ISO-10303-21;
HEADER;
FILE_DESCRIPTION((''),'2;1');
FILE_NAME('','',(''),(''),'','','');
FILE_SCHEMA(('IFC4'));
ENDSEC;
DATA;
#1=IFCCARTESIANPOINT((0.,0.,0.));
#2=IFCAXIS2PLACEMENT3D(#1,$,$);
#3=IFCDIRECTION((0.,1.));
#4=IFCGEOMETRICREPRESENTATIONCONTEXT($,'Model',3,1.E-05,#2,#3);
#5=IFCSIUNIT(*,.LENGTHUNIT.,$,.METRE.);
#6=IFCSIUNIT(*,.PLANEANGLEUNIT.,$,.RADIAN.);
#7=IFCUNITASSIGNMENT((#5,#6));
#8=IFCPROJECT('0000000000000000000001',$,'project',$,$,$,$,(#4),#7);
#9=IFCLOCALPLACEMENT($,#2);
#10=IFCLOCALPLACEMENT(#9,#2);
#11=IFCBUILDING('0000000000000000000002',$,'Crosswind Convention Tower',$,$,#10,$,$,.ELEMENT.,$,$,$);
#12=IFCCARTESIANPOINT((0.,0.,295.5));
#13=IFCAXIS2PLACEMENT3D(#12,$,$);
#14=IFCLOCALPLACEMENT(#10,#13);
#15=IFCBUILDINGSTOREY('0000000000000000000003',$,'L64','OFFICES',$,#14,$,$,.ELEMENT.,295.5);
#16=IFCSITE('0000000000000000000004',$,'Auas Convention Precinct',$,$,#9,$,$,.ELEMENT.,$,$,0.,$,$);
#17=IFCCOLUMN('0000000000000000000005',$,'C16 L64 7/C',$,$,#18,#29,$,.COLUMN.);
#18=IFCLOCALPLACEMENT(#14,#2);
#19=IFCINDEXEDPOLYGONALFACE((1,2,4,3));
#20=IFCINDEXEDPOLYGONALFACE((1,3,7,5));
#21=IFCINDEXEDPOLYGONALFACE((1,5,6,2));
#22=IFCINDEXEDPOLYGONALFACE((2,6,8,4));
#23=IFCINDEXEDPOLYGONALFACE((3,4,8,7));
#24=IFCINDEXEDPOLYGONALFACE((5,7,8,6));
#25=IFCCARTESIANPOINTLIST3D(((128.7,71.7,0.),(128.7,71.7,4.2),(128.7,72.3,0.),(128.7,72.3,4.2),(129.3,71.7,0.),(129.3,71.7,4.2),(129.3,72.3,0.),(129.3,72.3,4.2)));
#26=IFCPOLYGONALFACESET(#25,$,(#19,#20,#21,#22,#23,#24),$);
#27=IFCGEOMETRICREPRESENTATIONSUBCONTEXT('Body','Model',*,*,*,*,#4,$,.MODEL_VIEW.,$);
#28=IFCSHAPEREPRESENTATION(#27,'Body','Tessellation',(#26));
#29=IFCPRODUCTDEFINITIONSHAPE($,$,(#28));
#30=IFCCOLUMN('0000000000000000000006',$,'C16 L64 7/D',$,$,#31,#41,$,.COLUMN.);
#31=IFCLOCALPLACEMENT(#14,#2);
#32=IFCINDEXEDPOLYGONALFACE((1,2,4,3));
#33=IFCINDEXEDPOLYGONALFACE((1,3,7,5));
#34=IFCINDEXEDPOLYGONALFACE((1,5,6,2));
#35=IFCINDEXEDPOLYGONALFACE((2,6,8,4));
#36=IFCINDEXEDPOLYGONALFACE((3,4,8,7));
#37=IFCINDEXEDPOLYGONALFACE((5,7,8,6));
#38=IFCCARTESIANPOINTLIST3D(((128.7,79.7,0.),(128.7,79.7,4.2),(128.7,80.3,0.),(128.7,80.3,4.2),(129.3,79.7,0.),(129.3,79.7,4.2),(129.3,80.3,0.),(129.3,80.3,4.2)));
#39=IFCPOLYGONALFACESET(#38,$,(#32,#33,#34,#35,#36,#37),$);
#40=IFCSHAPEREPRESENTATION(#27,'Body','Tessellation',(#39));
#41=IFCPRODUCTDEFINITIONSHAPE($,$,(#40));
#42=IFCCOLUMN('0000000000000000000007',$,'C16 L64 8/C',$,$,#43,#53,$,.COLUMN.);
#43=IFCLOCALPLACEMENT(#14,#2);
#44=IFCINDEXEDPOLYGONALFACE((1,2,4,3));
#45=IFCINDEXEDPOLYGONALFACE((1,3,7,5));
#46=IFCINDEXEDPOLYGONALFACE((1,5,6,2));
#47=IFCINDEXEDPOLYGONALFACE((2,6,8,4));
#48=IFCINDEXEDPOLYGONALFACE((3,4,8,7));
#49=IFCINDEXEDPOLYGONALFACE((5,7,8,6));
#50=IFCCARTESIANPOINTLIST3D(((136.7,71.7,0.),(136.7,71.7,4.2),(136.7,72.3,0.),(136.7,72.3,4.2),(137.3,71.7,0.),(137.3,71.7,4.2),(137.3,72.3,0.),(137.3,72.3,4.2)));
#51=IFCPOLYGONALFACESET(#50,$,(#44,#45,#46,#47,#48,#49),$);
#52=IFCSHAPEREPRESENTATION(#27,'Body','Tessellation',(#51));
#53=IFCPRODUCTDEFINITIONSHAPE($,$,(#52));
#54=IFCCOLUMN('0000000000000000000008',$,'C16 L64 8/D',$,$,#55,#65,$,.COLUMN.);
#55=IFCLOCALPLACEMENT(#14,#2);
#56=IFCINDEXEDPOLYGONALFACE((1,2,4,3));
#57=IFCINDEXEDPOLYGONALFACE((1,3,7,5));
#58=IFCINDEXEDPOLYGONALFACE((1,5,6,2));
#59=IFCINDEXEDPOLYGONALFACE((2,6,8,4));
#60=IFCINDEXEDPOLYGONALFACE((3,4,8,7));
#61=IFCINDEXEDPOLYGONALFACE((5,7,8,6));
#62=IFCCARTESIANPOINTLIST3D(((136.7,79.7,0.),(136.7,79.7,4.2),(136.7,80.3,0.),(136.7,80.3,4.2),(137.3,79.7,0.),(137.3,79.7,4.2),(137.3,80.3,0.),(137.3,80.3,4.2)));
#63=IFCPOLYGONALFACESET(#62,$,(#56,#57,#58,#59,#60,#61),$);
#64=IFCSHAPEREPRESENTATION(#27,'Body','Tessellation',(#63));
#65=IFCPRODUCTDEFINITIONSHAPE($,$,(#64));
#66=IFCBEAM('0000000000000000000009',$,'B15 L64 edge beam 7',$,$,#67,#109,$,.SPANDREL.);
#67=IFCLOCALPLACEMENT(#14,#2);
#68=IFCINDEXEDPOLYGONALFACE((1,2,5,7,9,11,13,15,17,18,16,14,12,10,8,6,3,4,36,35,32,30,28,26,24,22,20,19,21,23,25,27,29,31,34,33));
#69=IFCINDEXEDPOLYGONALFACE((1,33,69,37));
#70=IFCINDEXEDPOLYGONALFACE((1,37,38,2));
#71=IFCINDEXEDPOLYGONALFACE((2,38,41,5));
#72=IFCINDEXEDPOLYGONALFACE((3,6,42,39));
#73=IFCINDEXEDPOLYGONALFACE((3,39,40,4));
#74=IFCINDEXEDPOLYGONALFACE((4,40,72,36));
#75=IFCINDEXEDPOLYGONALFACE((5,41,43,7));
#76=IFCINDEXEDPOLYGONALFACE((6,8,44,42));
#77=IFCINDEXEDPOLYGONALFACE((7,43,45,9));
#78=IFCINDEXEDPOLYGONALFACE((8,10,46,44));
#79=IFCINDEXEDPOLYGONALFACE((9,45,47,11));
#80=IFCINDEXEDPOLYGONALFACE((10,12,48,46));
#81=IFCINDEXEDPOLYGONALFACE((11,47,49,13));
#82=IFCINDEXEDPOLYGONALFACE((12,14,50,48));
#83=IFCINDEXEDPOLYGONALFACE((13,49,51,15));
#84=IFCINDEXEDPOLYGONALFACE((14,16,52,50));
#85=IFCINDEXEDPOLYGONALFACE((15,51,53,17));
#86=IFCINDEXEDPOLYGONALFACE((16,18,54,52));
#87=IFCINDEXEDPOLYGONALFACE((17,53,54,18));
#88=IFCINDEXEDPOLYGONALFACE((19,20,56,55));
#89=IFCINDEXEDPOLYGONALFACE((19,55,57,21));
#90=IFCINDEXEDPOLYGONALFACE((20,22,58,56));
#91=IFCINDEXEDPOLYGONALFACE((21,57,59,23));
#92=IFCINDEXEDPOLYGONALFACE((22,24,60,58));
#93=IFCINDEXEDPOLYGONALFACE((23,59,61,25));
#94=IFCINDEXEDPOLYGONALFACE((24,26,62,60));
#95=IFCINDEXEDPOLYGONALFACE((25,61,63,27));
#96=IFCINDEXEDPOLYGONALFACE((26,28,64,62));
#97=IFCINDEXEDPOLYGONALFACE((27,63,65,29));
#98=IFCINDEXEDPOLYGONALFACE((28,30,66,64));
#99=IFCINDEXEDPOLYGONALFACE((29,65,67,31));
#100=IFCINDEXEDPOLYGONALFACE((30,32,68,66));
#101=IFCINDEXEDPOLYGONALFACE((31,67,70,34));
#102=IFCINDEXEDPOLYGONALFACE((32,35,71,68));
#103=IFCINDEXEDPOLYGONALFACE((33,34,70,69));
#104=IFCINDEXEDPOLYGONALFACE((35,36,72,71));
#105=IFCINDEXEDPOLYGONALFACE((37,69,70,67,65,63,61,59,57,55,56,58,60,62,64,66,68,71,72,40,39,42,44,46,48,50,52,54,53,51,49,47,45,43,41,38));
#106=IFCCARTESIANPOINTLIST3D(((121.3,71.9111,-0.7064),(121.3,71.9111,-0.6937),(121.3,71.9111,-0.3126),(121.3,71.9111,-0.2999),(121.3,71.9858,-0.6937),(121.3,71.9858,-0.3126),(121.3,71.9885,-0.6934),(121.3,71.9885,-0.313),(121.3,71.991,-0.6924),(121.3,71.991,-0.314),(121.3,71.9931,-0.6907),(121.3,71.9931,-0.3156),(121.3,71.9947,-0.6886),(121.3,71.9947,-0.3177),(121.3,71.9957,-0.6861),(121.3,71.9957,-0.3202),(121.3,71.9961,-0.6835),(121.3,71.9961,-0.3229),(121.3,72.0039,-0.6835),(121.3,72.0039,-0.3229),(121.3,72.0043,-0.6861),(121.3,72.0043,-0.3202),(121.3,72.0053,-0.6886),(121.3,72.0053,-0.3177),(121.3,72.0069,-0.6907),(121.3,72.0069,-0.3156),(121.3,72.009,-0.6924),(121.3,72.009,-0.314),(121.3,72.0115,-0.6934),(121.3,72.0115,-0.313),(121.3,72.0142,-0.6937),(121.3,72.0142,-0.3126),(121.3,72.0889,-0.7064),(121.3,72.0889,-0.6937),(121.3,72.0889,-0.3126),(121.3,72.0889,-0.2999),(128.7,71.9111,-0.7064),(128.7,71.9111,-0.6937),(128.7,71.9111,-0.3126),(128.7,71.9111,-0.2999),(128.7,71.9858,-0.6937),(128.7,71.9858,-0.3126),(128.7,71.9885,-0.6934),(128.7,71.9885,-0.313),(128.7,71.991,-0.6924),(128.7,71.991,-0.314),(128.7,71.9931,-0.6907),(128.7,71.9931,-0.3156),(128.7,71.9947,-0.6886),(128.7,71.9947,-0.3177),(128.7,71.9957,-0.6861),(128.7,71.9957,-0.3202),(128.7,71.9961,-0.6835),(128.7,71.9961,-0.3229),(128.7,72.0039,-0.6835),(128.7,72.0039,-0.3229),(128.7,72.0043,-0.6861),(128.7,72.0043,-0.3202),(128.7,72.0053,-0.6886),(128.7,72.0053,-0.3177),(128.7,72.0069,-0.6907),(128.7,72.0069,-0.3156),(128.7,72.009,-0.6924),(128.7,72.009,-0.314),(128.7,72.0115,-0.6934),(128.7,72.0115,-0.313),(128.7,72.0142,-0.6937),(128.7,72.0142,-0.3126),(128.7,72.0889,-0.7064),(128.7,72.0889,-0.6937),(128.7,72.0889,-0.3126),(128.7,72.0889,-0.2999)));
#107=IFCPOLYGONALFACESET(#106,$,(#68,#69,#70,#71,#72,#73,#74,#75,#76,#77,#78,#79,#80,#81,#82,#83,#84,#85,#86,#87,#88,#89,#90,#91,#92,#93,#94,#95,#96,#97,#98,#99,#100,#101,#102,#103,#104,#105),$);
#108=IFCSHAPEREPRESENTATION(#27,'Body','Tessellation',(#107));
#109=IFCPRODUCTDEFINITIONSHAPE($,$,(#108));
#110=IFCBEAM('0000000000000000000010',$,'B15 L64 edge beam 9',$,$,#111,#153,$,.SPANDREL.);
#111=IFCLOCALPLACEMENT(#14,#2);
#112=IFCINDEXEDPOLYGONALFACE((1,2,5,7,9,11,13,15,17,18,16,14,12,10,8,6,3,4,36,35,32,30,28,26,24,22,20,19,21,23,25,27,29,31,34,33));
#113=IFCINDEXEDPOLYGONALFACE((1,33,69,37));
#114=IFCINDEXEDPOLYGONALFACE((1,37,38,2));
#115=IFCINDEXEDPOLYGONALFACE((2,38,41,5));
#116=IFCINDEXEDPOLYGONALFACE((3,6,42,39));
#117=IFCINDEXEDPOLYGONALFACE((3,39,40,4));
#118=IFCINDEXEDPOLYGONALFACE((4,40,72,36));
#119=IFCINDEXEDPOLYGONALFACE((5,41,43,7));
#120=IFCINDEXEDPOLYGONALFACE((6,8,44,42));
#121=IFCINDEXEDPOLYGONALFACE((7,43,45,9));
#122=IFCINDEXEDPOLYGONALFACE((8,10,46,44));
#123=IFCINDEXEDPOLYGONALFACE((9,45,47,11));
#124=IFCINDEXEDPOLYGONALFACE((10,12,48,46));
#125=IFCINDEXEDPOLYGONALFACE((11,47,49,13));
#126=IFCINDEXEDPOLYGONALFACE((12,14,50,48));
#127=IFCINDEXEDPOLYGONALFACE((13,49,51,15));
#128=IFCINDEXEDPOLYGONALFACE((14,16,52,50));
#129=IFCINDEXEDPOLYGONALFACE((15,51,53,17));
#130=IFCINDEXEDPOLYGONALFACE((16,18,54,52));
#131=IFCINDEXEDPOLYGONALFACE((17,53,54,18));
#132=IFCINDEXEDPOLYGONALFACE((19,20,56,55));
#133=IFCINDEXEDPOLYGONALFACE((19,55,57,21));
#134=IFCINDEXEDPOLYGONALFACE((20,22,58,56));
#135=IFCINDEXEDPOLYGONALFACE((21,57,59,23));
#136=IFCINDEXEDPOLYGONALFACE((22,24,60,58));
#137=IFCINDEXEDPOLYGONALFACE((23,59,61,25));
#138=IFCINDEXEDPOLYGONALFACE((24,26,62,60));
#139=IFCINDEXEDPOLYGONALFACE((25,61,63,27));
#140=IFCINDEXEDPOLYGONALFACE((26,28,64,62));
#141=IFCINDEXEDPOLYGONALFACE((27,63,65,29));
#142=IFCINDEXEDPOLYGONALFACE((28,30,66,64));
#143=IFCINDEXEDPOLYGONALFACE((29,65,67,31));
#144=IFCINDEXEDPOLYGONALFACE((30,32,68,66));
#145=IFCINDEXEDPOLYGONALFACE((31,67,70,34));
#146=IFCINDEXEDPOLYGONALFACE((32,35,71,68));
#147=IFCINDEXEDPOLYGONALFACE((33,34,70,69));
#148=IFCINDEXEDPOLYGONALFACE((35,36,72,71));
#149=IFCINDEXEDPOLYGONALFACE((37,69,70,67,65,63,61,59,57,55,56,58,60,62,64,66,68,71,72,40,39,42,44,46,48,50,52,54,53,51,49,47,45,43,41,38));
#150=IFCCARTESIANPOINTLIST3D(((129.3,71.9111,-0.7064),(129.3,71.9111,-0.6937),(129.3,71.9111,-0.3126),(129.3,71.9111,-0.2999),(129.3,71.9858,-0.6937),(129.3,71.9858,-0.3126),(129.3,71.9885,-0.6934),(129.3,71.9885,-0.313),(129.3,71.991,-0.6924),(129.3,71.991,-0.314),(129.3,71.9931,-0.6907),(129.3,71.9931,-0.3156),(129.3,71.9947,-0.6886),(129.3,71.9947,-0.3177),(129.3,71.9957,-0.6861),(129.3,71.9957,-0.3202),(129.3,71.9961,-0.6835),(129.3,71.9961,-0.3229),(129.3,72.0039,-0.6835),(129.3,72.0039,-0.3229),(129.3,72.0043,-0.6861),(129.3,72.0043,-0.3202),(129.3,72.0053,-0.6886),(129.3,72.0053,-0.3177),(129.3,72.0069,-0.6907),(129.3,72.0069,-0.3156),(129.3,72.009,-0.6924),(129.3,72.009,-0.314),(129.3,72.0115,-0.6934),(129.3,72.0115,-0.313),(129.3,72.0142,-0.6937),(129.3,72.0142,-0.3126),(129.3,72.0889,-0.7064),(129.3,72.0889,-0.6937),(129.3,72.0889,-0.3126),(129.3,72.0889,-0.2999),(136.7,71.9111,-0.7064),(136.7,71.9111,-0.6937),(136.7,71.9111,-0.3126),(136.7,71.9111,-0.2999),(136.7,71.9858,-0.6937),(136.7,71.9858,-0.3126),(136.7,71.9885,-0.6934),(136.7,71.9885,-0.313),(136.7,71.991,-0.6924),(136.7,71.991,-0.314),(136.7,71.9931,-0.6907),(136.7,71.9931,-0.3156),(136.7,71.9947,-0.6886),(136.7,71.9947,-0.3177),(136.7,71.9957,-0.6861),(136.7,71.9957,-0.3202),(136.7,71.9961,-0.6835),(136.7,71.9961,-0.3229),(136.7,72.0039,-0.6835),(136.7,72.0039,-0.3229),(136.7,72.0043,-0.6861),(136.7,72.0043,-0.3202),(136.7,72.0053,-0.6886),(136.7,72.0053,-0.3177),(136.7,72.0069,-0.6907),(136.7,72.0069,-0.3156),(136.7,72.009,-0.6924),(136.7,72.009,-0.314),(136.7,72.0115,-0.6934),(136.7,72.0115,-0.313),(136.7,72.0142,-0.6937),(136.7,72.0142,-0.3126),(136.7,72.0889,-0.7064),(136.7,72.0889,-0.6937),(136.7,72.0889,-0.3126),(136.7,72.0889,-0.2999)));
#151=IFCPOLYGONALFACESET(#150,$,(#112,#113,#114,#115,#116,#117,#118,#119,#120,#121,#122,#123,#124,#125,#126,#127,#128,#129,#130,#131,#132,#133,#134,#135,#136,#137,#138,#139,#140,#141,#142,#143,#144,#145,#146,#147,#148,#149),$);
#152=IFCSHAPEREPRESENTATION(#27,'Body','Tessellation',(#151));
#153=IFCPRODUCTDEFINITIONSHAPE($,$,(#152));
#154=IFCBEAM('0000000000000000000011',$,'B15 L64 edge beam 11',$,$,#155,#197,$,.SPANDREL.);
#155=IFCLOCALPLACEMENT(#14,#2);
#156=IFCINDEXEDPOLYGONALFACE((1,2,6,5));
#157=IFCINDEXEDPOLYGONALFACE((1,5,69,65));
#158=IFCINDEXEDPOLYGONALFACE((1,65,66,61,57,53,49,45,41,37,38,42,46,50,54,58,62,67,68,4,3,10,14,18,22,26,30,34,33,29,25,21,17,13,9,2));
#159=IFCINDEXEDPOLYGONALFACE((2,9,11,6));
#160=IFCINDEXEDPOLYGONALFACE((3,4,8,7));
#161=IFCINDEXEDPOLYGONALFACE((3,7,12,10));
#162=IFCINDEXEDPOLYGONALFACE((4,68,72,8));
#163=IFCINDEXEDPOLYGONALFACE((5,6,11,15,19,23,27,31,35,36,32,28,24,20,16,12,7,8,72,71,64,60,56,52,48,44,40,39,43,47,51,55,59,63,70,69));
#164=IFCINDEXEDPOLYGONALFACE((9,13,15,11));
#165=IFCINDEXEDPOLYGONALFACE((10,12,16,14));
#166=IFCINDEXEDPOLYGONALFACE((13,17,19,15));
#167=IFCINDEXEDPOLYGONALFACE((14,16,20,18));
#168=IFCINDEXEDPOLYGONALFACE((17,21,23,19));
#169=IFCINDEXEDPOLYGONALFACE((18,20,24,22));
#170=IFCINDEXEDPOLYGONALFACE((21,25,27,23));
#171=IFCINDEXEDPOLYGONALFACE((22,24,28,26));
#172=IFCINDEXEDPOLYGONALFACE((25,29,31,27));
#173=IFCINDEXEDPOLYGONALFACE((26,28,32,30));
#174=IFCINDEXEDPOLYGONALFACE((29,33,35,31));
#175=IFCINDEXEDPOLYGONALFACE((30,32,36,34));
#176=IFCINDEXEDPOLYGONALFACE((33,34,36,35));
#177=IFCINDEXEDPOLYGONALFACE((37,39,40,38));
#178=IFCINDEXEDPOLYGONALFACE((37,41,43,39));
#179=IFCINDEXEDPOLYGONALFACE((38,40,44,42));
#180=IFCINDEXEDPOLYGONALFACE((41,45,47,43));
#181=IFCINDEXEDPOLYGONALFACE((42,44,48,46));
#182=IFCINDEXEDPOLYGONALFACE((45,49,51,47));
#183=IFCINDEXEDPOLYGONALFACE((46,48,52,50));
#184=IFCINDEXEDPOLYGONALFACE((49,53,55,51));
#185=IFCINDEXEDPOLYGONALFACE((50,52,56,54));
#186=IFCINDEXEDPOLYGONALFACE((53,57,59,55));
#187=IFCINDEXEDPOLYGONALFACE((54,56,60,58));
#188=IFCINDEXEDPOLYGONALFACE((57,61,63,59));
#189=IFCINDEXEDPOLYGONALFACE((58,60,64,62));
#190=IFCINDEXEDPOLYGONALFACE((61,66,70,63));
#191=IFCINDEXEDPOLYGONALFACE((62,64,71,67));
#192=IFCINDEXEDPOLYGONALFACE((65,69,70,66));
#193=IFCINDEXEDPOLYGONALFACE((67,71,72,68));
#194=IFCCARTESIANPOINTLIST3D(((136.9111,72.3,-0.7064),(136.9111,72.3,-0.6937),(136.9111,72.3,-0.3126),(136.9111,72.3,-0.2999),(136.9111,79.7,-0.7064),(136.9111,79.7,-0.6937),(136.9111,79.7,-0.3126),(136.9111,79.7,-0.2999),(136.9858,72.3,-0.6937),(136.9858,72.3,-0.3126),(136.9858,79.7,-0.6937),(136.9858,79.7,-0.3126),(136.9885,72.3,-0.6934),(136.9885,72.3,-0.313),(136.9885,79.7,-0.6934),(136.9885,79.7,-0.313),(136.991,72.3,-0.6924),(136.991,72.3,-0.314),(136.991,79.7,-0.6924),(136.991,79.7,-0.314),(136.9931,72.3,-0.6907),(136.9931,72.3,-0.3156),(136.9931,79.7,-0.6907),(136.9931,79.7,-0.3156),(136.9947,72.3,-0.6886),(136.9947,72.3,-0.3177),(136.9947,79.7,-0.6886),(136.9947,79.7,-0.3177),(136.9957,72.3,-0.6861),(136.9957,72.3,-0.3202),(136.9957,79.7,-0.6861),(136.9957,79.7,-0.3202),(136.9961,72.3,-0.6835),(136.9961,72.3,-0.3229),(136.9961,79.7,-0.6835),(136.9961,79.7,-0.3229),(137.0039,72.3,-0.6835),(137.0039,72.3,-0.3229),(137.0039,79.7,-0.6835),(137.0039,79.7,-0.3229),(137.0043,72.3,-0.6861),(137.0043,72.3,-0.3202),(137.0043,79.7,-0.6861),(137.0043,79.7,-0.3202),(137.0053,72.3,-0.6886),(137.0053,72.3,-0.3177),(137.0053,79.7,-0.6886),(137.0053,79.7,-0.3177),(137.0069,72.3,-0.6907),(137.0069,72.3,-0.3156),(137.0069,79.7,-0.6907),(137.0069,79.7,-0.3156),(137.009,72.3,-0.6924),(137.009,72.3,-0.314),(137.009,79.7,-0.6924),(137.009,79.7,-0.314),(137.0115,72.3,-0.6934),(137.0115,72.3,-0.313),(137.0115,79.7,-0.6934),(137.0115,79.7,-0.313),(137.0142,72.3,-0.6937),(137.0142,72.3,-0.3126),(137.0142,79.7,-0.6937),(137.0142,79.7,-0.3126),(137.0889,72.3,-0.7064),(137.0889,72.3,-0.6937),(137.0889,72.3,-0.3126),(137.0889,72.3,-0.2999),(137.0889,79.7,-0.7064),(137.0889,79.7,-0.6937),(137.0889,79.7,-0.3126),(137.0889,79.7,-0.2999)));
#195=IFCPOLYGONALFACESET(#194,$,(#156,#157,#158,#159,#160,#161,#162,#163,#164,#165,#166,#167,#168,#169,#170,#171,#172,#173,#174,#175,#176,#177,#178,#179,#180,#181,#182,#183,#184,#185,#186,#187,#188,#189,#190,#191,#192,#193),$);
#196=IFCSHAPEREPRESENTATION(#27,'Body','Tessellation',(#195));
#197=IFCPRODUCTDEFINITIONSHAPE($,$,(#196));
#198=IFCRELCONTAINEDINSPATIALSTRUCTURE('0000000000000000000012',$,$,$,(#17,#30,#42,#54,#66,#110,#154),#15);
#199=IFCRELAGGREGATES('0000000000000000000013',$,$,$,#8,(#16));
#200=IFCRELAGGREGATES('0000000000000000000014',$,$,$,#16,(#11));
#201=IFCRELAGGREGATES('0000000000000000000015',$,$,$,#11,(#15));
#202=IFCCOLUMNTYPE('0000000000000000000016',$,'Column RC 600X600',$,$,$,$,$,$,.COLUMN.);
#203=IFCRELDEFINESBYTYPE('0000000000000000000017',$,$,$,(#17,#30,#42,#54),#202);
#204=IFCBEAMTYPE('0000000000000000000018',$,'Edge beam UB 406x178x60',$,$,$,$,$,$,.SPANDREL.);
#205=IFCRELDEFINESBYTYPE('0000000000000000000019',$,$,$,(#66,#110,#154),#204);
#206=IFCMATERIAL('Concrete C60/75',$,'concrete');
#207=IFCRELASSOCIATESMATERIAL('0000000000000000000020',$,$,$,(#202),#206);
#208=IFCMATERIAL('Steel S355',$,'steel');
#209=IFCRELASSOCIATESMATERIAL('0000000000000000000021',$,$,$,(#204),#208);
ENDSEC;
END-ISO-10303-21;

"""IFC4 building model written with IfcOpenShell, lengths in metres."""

from ifc_helpers import new_model, si_unit, direction, frame, origin, origin_2d, place, context, subcontext, project, spatial, rectangle, i_section, extrude, material, material_profile, profile_set, type_object, element, save


model = new_model("IFC4")

# Units and contexts
model_context = context("Model", 3, precision=1e-05, world=origin(), true_north=direction((0.0, 1.0)))
body_context = subcontext(model_context, "Body", "Model", "MODEL_VIEW")
ifc_project = project(units=[si_unit("LENGTHUNIT", "METRE"), si_unit("PLANEANGLEUNIT", "RADIAN")], contexts=[model_context])

# Site, building, storey
site_placement = place(None, origin())
site = spatial("IfcSite", under=ifc_project, at=site_placement, Name="Auas Convention Precinct", CompositionType="ELEMENT", RefElevation=0.0)
building_placement = place(site_placement, origin())
building = spatial("IfcBuilding", under=site, at=building_placement, Name="Crosswind Convention Tower", CompositionType="ELEMENT")
storey_placement = place(building_placement, frame((0.0, 0.0, 295.5)))
storey = spatial("IfcBuildingStorey", under=building, at=storey_placement, Name="L64", Description="OFFICES", CompositionType="ELEMENT", Elevation=295.5)

# Columns
ifc_material_1 = material(Name="Concrete C60/75", Category="concrete")
ifc_material_profile_1 = material_profile(ifc_material_1, rectangle(XDim=0.6001, YDim=0.6001, at=origin_2d()), Name="RC 600X600")
ifc_profile_set_1 = profile_set([ifc_material_profile_1], Name="Concrete C60/75")
column_type = type_object("IfcColumnType", Name="Column RC 600X600", PredefinedType="COLUMN", material=ifc_profile_set_1)
for number, where, z_axis, x_axis, name in (
    (1, (129.0, 72.0, 0.0), (0.0, 0.0, 1.0), (1.0, 0.0, 0.0), "C16 L64 7/C"),
    (2, (129.0, 80.0, 0.0), (0.0, 0.0, 1.0), (1.0, 0.0, 0.0), "C16 L64 7/D"),
    (3, (137.0, 72.0, 0.0), (0.0, 0.0, 1.0), (1.0, 0.0, 0.0), "C16 L64 8/C"),
    (4, (137.0, 80.0, 0.0), (0.0, 0.0, 1.0), (1.0, 0.0, 0.0), "C16 L64 8/D"),
):
    element("IfcColumn", number, at=place(storey_placement, frame(where, z_axis=z_axis, x_axis=x_axis)), inside=storey, type_object=column_type, Name=name, PredefinedType="COLUMN", context=body_context, shape_type="SweptSolid", body=[
        extrude(rectangle(XDim=0.6001, YDim=0.6001, at=origin_2d()), origin(), (0.0, 0.0, 1.0), 4.2),
    ])

# Beams
ifc_material_2 = material(Name="Steel S355", Category="steel")
ifc_material_profile_2 = material_profile(ifc_material_2, i_section(OverallWidth=0.1777, OverallDepth=0.4065, WebThickness=0.0078, FlangeThickness=0.0127, FilletRadius=0.0103, at=origin_2d()), Name="UB 406x178x60")
ifc_profile_set_2 = profile_set([ifc_material_profile_2], Name="Steel S355")
beam_type_1 = type_object("IfcBeamType", Name="Edge beam UB 406x178x60", PredefinedType="SPANDREL", material=ifc_profile_set_2)
for number, where, z_axis, x_axis, name in (
    (5, (121.3, 72.0, -0.5032), (1.0, 0.0, 0.0), (0.0, 1.0, 0.0), "B15 L64 edge beam 7"),
    (6, (129.3, 72.0, -0.5032), (1.0, 0.0, 0.0), (0.0, 1.0, 0.0), "B15 L64 edge beam 9"),
    (7, (137.0, 72.3, -0.5032), (0.0, 1.0, 0.0), (-1.0, 0.0, 0.0), "B15 L64 edge beam 11"),
):
    element("IfcBeam", number, at=place(storey_placement, frame(where, z_axis=z_axis, x_axis=x_axis)), inside=storey, type_object=beam_type_1, Name=name, PredefinedType="SPANDREL", context=body_context, shape_type="SweptSolid", body=[
        extrude(i_section(OverallWidth=0.1777, OverallDepth=0.4065, WebThickness=0.0078, FlangeThickness=0.0127, FilletRadius=0.0103, at=origin_2d()), origin(), (0.0, 0.0, 1.0), 7.3999),
    ])

save(model, "model.ifc")
